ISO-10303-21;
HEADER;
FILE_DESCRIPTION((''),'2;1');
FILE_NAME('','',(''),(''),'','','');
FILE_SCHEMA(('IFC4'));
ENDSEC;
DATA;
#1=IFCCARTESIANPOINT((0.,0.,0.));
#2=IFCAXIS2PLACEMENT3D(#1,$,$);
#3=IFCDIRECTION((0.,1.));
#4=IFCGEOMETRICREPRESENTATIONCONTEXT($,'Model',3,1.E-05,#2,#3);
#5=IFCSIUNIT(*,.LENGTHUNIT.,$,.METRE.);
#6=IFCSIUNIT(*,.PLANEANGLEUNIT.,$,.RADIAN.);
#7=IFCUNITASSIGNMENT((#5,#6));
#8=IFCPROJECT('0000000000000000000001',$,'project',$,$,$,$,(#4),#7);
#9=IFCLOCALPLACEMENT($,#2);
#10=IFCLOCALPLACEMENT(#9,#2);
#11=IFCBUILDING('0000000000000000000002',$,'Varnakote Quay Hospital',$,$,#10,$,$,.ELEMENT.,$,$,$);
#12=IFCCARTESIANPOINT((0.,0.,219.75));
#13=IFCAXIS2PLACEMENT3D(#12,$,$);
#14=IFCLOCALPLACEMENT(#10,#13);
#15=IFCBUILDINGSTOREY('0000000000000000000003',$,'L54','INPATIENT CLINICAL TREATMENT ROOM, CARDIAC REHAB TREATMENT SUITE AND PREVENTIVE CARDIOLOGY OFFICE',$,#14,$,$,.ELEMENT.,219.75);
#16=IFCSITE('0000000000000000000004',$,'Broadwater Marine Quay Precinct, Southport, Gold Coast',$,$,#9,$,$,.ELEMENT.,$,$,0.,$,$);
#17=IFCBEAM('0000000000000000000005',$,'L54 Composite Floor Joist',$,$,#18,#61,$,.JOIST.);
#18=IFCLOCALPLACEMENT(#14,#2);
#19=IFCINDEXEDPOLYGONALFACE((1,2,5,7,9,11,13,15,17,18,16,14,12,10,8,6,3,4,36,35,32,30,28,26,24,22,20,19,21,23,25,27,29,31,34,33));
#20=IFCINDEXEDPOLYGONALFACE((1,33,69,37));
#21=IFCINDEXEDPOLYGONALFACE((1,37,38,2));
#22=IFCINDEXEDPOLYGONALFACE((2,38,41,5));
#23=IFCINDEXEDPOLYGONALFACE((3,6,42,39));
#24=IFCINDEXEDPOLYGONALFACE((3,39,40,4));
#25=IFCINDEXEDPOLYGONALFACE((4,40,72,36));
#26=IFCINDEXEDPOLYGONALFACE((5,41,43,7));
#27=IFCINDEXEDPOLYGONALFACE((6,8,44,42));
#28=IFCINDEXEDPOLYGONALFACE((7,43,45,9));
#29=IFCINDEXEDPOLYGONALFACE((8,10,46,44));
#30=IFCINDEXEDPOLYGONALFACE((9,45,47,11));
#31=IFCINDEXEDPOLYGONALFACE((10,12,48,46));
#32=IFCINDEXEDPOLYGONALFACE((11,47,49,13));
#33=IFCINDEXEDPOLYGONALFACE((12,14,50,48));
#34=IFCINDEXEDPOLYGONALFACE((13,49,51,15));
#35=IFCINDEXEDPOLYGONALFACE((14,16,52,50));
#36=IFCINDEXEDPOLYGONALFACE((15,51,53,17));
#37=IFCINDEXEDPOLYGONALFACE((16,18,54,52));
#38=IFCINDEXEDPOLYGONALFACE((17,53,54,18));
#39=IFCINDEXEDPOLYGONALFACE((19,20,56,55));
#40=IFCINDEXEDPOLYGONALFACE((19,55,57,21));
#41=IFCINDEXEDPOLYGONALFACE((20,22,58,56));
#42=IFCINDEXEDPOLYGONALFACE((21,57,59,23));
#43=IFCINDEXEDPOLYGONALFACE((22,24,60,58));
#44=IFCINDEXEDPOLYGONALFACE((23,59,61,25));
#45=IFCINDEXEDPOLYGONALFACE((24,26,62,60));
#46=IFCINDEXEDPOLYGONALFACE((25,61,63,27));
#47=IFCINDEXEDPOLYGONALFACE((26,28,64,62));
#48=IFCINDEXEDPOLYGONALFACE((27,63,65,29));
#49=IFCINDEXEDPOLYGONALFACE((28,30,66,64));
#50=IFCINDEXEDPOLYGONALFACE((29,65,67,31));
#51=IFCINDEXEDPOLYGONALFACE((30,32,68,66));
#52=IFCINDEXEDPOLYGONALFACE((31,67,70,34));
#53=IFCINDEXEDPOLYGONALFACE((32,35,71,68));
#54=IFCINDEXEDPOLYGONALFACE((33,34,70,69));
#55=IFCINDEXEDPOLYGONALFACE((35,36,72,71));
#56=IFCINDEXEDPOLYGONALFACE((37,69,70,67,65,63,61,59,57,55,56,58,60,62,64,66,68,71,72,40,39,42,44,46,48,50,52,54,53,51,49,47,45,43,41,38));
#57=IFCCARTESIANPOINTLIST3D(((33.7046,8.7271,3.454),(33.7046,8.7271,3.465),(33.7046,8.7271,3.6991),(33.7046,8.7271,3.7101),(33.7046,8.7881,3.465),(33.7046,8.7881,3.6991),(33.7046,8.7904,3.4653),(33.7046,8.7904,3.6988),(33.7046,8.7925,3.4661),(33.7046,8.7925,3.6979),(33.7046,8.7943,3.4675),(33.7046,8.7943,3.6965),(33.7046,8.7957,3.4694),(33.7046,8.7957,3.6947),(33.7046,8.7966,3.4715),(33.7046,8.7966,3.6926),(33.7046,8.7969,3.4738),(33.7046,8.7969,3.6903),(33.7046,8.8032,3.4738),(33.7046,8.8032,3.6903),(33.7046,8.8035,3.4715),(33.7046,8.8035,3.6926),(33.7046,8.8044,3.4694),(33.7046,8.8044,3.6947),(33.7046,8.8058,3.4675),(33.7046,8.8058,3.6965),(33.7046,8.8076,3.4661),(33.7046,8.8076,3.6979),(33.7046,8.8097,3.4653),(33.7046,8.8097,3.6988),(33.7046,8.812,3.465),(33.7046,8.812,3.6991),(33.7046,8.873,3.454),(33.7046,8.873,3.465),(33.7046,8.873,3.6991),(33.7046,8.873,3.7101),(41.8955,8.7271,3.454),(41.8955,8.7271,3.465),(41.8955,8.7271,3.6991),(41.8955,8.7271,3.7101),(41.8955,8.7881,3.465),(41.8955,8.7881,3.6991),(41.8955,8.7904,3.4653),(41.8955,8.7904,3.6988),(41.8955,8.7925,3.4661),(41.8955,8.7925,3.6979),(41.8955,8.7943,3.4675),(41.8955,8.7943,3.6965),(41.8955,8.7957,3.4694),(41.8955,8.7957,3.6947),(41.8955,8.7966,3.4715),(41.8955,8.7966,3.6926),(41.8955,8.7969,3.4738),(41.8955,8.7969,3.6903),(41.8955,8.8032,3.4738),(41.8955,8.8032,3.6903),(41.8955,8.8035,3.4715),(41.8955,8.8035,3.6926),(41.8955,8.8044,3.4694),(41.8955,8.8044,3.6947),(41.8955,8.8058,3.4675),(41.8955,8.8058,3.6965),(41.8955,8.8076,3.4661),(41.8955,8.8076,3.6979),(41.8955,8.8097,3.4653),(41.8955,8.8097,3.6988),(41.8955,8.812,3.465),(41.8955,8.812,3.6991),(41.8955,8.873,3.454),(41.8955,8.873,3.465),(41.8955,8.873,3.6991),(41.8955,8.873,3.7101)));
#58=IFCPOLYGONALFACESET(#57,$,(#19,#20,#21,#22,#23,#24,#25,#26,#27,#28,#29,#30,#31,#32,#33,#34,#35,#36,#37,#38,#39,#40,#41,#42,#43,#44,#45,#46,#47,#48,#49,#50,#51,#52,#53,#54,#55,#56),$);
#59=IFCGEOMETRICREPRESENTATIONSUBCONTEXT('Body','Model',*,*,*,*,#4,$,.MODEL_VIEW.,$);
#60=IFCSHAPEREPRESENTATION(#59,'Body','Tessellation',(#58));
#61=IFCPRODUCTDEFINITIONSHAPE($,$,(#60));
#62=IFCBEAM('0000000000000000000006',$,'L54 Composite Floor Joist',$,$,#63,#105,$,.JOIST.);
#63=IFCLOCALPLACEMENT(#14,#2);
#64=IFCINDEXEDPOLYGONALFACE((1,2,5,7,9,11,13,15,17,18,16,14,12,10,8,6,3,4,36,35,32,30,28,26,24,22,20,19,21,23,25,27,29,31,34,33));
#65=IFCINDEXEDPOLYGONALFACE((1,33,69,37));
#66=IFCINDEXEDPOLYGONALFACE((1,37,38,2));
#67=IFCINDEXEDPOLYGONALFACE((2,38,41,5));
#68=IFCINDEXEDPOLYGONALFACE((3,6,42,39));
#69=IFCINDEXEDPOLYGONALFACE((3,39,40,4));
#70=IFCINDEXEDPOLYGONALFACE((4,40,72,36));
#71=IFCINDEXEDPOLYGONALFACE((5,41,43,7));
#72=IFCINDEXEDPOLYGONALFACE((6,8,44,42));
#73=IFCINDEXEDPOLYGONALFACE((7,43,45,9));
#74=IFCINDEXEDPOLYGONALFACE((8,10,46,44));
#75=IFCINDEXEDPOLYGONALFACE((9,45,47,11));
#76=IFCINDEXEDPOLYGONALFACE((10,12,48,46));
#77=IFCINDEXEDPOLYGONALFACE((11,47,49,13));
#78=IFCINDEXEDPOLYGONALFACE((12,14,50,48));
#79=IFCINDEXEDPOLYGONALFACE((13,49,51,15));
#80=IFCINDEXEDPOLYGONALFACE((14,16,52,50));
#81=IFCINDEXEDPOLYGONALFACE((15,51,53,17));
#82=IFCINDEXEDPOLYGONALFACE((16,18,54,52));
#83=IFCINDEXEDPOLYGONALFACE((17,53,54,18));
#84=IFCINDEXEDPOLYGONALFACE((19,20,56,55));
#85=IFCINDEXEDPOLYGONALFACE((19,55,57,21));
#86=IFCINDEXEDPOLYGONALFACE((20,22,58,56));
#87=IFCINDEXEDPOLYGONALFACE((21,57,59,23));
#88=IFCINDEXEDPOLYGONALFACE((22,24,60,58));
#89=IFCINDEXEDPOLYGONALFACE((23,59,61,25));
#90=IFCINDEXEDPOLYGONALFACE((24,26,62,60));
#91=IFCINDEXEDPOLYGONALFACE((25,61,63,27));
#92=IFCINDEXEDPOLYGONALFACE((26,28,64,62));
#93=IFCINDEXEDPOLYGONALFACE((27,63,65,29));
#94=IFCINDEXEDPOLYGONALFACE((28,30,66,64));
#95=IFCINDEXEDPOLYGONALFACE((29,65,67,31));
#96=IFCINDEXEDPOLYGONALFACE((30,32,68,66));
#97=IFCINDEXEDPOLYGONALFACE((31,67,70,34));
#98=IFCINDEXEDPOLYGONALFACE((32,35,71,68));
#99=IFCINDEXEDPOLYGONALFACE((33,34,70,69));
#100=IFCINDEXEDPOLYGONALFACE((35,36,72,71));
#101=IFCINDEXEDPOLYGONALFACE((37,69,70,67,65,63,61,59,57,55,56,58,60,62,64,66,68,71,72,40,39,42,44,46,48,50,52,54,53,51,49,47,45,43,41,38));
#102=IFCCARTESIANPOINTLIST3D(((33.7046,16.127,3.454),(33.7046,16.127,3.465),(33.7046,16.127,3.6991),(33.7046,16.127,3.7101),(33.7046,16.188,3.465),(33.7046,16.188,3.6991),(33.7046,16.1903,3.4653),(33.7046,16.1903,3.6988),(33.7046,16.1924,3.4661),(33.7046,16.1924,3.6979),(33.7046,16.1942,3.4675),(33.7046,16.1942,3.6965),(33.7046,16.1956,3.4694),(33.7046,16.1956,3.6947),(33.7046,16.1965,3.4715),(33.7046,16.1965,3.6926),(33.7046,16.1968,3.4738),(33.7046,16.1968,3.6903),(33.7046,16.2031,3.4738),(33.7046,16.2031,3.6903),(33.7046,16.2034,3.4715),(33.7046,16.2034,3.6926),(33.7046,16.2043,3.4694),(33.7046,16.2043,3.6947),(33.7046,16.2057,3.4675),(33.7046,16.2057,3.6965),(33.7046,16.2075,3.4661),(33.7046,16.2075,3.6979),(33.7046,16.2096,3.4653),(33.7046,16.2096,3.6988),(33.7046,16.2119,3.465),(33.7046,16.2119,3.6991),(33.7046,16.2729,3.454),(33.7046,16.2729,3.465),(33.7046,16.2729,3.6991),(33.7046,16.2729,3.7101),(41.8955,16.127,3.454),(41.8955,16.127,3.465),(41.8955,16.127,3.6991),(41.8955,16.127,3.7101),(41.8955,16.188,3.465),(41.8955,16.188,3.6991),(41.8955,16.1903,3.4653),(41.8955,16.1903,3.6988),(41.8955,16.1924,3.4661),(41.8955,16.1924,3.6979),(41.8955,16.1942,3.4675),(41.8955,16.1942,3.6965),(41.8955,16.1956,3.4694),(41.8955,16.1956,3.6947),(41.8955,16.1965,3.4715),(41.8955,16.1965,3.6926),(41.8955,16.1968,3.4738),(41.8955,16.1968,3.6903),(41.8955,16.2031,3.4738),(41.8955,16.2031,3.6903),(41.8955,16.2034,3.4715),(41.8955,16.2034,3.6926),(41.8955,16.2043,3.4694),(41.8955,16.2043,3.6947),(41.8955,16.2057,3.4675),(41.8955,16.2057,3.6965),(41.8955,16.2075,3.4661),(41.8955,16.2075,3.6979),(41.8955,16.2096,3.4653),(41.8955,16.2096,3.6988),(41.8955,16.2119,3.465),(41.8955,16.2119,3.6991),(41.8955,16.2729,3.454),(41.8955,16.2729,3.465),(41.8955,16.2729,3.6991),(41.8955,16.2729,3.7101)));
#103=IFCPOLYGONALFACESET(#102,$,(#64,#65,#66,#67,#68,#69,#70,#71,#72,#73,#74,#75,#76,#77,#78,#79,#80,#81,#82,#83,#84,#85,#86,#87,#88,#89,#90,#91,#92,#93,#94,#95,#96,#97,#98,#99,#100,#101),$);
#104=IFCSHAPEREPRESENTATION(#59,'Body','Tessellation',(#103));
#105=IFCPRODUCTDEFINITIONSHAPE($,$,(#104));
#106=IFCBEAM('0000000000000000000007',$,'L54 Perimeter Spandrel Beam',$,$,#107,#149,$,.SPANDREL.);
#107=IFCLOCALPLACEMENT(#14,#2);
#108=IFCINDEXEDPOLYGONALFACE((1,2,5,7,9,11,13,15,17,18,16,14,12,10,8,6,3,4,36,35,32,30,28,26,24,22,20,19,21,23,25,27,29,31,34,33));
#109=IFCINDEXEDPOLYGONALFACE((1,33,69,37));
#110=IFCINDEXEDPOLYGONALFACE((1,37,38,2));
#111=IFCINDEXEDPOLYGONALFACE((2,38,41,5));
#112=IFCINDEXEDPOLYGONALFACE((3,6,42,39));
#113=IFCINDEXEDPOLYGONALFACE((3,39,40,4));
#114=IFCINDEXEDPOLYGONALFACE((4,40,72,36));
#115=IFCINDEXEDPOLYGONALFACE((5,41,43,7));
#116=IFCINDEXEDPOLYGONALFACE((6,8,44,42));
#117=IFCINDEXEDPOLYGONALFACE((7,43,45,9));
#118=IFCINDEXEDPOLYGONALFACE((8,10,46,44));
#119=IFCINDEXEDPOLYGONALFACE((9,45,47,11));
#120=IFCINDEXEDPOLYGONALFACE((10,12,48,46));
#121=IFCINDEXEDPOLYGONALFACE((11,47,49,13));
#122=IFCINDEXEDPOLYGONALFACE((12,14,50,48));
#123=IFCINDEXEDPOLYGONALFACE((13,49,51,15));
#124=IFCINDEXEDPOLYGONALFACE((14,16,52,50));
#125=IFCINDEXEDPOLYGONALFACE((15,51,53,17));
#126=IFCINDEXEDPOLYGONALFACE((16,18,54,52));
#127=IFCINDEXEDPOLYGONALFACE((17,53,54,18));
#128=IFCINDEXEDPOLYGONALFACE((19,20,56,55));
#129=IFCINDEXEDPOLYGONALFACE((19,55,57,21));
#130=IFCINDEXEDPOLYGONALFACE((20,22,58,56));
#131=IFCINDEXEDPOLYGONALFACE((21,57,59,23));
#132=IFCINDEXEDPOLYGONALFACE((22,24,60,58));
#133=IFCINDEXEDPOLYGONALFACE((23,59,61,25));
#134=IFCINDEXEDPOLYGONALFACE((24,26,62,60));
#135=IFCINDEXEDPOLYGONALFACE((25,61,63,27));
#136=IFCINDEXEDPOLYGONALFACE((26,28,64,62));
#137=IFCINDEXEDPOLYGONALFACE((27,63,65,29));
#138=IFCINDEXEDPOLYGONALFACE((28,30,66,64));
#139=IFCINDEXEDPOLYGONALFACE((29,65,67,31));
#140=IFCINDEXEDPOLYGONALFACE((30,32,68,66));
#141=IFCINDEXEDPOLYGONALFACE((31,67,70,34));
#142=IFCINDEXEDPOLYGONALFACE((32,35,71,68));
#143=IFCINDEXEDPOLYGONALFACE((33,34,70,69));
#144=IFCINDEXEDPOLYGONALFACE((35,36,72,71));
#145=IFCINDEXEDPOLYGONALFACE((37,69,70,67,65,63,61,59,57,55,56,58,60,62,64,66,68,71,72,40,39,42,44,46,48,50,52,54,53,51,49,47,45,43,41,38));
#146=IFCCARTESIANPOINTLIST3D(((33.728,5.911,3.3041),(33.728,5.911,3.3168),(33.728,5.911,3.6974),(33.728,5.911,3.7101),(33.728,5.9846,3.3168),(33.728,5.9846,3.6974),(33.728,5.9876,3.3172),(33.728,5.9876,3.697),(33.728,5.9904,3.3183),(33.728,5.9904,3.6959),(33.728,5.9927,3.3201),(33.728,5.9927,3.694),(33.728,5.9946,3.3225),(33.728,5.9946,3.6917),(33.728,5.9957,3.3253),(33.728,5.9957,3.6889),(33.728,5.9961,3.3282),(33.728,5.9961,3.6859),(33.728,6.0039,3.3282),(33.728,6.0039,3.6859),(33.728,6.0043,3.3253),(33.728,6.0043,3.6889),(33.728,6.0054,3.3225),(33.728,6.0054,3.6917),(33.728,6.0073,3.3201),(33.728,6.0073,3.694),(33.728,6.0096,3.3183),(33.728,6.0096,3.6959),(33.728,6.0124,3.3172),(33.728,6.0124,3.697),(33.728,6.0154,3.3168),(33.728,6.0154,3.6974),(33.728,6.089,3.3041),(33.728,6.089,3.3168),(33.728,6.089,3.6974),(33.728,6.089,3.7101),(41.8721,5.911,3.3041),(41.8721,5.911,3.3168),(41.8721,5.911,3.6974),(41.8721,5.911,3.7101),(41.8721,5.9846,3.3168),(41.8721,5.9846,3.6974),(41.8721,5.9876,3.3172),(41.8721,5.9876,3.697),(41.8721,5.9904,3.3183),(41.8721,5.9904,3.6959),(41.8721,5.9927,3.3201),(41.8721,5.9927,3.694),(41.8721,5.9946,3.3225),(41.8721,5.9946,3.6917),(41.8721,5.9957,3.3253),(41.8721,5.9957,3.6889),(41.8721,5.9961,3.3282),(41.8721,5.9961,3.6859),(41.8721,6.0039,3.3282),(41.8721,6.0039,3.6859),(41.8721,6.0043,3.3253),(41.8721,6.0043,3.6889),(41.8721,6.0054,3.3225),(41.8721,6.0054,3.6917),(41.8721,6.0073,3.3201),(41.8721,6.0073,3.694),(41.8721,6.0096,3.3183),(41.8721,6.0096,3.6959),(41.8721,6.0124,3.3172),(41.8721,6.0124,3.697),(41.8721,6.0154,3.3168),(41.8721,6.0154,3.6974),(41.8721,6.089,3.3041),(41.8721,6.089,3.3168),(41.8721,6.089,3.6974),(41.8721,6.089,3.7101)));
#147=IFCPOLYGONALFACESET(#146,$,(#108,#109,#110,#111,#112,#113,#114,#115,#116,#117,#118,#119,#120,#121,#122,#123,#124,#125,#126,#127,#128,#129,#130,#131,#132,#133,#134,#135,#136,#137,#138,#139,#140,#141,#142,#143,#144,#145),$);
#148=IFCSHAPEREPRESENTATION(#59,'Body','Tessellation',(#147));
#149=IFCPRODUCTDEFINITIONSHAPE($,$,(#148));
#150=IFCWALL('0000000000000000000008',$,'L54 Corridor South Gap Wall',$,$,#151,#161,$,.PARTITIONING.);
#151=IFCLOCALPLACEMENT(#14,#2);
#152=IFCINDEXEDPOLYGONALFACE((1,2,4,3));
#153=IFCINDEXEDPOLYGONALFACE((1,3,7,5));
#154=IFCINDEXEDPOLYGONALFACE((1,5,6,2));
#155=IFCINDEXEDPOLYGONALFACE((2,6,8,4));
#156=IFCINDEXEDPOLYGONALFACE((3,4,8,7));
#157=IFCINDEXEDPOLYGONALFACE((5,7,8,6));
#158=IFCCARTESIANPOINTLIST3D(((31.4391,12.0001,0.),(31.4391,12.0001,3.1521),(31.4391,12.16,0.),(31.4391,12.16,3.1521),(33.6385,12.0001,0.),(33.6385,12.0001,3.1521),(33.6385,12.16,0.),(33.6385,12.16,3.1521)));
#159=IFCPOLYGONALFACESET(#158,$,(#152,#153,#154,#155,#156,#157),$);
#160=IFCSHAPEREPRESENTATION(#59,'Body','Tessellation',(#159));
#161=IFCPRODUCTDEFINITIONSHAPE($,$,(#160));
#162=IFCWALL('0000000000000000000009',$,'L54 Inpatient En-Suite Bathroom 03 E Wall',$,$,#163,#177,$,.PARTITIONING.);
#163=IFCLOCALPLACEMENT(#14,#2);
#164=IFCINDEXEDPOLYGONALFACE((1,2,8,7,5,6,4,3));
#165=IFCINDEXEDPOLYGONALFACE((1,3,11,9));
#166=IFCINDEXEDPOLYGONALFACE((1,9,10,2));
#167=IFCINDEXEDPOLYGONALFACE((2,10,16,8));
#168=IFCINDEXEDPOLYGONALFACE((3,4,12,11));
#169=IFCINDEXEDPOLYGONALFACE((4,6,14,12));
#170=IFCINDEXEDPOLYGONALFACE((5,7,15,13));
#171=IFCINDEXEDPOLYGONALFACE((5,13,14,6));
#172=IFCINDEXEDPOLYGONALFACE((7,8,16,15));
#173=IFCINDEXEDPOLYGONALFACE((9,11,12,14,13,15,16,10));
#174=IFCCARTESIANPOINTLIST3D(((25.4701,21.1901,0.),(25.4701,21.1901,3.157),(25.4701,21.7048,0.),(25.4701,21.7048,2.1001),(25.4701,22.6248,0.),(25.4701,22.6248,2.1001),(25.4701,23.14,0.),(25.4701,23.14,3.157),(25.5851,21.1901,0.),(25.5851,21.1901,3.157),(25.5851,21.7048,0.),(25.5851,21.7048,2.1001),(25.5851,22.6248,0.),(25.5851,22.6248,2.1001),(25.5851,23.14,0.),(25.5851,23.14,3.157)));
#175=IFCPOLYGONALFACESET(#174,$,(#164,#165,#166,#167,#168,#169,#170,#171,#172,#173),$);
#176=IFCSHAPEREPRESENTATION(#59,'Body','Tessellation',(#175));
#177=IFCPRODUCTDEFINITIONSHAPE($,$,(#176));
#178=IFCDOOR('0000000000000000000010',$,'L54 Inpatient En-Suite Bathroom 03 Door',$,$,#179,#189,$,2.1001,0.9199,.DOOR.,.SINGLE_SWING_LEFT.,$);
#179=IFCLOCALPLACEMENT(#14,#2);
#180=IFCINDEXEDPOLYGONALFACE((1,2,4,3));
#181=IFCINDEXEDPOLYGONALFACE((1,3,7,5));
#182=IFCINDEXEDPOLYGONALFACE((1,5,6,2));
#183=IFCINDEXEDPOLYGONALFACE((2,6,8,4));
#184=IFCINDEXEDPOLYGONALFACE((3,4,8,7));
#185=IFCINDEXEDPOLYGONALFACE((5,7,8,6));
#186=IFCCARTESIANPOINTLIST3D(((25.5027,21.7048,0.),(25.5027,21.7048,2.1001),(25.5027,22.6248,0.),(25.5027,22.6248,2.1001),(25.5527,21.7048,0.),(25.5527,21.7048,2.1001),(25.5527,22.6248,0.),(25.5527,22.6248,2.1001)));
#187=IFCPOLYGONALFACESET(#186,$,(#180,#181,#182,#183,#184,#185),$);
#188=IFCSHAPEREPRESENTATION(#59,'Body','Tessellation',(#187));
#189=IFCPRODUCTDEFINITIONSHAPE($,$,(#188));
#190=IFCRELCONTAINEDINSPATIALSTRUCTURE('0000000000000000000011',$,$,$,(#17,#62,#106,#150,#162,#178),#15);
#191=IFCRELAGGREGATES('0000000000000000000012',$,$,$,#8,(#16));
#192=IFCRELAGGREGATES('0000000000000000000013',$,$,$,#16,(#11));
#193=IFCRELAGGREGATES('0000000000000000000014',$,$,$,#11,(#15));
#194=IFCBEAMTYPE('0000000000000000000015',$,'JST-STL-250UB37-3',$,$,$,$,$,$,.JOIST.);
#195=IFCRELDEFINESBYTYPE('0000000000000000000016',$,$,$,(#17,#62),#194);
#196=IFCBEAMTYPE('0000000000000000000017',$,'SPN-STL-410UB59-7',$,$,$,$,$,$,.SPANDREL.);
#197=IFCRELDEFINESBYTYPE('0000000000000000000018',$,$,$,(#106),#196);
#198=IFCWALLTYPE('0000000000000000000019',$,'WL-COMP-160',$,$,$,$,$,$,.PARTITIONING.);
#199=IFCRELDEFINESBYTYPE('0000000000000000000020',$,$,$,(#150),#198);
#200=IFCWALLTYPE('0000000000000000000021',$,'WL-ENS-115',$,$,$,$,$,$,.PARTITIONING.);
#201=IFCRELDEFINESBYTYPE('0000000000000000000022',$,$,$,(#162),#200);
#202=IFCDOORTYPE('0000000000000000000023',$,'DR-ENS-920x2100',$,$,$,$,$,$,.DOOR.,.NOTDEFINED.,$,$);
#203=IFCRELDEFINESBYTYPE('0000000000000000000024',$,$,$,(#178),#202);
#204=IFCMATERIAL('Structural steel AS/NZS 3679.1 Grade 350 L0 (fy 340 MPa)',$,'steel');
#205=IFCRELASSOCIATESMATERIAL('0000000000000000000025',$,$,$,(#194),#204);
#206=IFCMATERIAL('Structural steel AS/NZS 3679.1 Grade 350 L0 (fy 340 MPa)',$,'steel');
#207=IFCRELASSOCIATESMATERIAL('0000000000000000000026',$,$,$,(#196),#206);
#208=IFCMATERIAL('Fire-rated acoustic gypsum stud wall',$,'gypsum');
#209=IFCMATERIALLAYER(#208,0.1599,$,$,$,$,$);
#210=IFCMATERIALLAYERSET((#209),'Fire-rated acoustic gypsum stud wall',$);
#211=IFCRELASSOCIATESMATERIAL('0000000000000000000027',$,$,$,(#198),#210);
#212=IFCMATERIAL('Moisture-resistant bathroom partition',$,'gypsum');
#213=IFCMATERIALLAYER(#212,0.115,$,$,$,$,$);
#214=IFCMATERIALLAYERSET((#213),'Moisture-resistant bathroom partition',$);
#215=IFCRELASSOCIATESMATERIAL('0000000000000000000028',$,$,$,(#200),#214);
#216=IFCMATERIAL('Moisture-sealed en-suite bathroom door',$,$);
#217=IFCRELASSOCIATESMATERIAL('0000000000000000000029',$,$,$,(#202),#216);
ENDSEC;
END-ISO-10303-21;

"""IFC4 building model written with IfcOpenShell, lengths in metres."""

from ifc_helpers import new_model, si_unit, direction, frame, frame_2d, origin, origin_2d, place, context, subcontext, project, spatial, rectangle, i_section, extrude, material, layer, layer_set, material_profile, profile_set, type_object, element, fill, save


model = new_model("IFC4")

# Units and contexts
model_context = context("Model", 3, precision=1e-05, world=origin(), true_north=direction((0.0, 1.0)))
body_context = subcontext(model_context, "Body", "Model", "MODEL_VIEW")
ifc_project = project(units=[si_unit("LENGTHUNIT", "METRE"), si_unit("PLANEANGLEUNIT", "RADIAN")], contexts=[model_context])

# Site, building, storey
site_placement = place(None, origin())
site = spatial("IfcSite", under=ifc_project, at=site_placement, Name="Broadwater Marine Quay Precinct, Southport, Gold Coast", CompositionType="ELEMENT", RefElevation=0.0)
building_placement = place(site_placement, origin())
building = spatial("IfcBuilding", under=site, at=building_placement, Name="Varnakote Quay Hospital", CompositionType="ELEMENT")
storey_placement = place(building_placement, frame((0.0, 0.0, 219.75)))
storey = spatial("IfcBuildingStorey", under=building, at=storey_placement, Name="L54", Description="INPATIENT CLINICAL TREATMENT ROOM, CARDIAC REHAB TREATMENT SUITE AND PREVENTIVE CARDIOLOGY OFFICE", CompositionType="ELEMENT", Elevation=219.75)

# Beams
ifc_material_1 = material(Name="Structural steel AS/NZS 3679.1 Grade 350 L0 (fy 340 MPa)", Category="steel")
ifc_material_profile_1 = material_profile(ifc_material_1, i_section(OverallWidth=0.146, OverallDepth=0.2561, WebThickness=0.0063, FlangeThickness=0.011, FilletRadius=0.0088, at=origin_2d()), Name="250UB37.3")
ifc_profile_set_1 = profile_set([ifc_material_profile_1], Name="Structural steel AS/NZS 3679.1 Grade 350 L0 (fy 340 MPa)")
beam_type_1 = type_object("IfcBeamType", Name="JST-STL-250UB37-3", PredefinedType="JOIST", material=ifc_profile_set_1)
for number, where, z_axis, x_axis, name in (
    (1, (33.7046, 8.8, 3.582), (1.0, 0.0, 0.0), (0.0, 1.0, 0.0), "L54 Composite Floor Joist"),
    (2, (33.7046, 16.2, 3.582), (1.0, 0.0, 0.0), (0.0, 1.0, 0.0), "L54 Composite Floor Joist"),
):
    element("IfcBeam", number, at=place(storey_placement, frame(where, z_axis=z_axis, x_axis=x_axis)), inside=storey, type_object=beam_type_1, Name=name, PredefinedType="JOIST", context=body_context, shape_type="SweptSolid", body=[
        extrude(i_section(OverallWidth=0.146, OverallDepth=0.2561, WebThickness=0.0063, FlangeThickness=0.011, FilletRadius=0.0088, at=origin_2d()), origin(), (0.0, 0.0, 1.0), 8.1909),
    ])
ifc_material_2 = material(Name="Structural steel AS/NZS 3679.1 Grade 350 L0 (fy 340 MPa)", Category="steel")
ifc_material_profile_2 = material_profile(ifc_material_2, i_section(OverallWidth=0.178, OverallDepth=0.406, WebThickness=0.0078, FlangeThickness=0.0127, FilletRadius=0.0115, at=origin_2d()), Name="410UB59.7")
ifc_profile_set_2 = profile_set([ifc_material_profile_2], Name="Structural steel AS/NZS 3679.1 Grade 350 L0 (fy 340 MPa)")
beam_type_2 = type_object("IfcBeamType", Name="SPN-STL-410UB59-7", PredefinedType="SPANDREL", material=ifc_profile_set_2)
beam_1_placement = place(storey_placement, frame((33.728, 6.0, 3.5071), z_axis=(1.0, 0.0, 0.0), x_axis=(0.0, 1.0, 0.0)))
element("IfcBeam", 3, at=beam_1_placement, inside=storey, type_object=beam_type_2, Name="L54 Perimeter Spandrel Beam", PredefinedType="SPANDREL", context=body_context, shape_type="SweptSolid", body=[
    extrude(i_section(OverallWidth=0.178, OverallDepth=0.406, WebThickness=0.0078, FlangeThickness=0.0127, FilletRadius=0.0115, at=origin_2d()), origin(), (0.0, 0.0, 1.0), 8.144),
])

# Wall
ifc_material_3 = material(Name="Fire-rated acoustic gypsum stud wall", Category="gypsum")
ifc_layer_1 = layer(ifc_material_3, 0.1599)
ifc_layer_set_1 = layer_set([ifc_layer_1], Name="Fire-rated acoustic gypsum stud wall")
wall_type_1 = type_object("IfcWallType", Name="WL-COMP-160", PredefinedType="PARTITIONING", material=ifc_layer_set_1)
wall_1_placement = place(storey_placement, frame((31.4392, 12.0801, 0.0), z_axis=(0.0, 0.0, 1.0), x_axis=(1.0, 0.0, 0.0)))
element("IfcWall", 4, at=wall_1_placement, inside=storey, type_object=wall_type_1, Name="L54 Corridor South Gap Wall", PredefinedType="PARTITIONING", context=body_context, shape_type="SweptSolid", body=[
    extrude(rectangle(XDim=2.1995, YDim=0.1599, at=frame_2d((1.0996, 0.0))), origin(), (0.0, 0.0, 1.0), 3.1521),
])

# Wall, opening, door
ifc_material_4 = material(Name="Moisture-resistant bathroom partition", Category="gypsum")
ifc_layer_2 = layer(ifc_material_4, 0.115)
ifc_layer_set_2 = layer_set([ifc_layer_2], Name="Moisture-resistant bathroom partition")
wall_type_2 = type_object("IfcWallType", Name="WL-ENS-115", PredefinedType="PARTITIONING", material=ifc_layer_set_2)
wall_2_placement = place(storey_placement, frame((25.5276, 21.1899, 0.0), z_axis=(0.0, 0.0, 1.0), x_axis=(0.0, 1.0, 0.0)))
wall_2 = element("IfcWall", 5, at=wall_2_placement, inside=storey, type_object=wall_type_2, Name="L54 Inpatient En-Suite Bathroom 03 E Wall", PredefinedType="PARTITIONING", context=body_context, shape_type="SweptSolid", body=[
    extrude(rectangle(XDim=1.95, YDim=0.115, at=frame_2d((0.9751, 0.0))), origin(), (0.0, 0.0, 1.0), 3.157),
])
opening_1_placement = place(wall_2_placement, frame((0.5149, 0.0, 0.0)))
opening_1 = element("IfcOpeningElement", 6, at=opening_1_placement, cuts=wall_2, PredefinedType="OPENING", context=body_context, shape_type="SweptSolid", body=[
    extrude(rectangle(XDim=0.9199, YDim=2.1001, at=frame_2d((0.46, 1.05))), frame((0.0, 0.0674, 0.0), z_axis=(0.0, -1.0, 0.0), x_axis=(1.0, 0.0, 0.0)), (0.0, 0.0, 1.0), 0.135),
])
ifc_material_5 = material(Name="Moisture-sealed en-suite bathroom door")
door_type_1 = type_object("IfcDoorType", Name="DR-ENS-920x2100", OperationType="NOTDEFINED", PredefinedType="DOOR", material=ifc_material_5)
door_1_placement = place(opening_1_placement, origin())
door_1 = element("IfcDoor", 7, at=door_1_placement, inside=storey, type_object=door_type_1, Name="L54 Inpatient En-Suite Bathroom 03 Door", OperationType="SINGLE_SWING_LEFT", OverallHeight=2.1001, OverallWidth=0.9199, PredefinedType="DOOR", context=body_context, shape_type="SweptSolid", body=[
    extrude(rectangle(XDim=0.9199, YDim=2.1001, at=frame_2d((0.46, 1.05))), frame((0.0, 0.0249, 0.0), z_axis=(0.0, -1.0, 0.0), x_axis=(1.0, 0.0, 0.0)), (0.0, 0.0, 1.0), 0.05),
])
fill(opening_1, door_1)

save(model, "model.ifc")
